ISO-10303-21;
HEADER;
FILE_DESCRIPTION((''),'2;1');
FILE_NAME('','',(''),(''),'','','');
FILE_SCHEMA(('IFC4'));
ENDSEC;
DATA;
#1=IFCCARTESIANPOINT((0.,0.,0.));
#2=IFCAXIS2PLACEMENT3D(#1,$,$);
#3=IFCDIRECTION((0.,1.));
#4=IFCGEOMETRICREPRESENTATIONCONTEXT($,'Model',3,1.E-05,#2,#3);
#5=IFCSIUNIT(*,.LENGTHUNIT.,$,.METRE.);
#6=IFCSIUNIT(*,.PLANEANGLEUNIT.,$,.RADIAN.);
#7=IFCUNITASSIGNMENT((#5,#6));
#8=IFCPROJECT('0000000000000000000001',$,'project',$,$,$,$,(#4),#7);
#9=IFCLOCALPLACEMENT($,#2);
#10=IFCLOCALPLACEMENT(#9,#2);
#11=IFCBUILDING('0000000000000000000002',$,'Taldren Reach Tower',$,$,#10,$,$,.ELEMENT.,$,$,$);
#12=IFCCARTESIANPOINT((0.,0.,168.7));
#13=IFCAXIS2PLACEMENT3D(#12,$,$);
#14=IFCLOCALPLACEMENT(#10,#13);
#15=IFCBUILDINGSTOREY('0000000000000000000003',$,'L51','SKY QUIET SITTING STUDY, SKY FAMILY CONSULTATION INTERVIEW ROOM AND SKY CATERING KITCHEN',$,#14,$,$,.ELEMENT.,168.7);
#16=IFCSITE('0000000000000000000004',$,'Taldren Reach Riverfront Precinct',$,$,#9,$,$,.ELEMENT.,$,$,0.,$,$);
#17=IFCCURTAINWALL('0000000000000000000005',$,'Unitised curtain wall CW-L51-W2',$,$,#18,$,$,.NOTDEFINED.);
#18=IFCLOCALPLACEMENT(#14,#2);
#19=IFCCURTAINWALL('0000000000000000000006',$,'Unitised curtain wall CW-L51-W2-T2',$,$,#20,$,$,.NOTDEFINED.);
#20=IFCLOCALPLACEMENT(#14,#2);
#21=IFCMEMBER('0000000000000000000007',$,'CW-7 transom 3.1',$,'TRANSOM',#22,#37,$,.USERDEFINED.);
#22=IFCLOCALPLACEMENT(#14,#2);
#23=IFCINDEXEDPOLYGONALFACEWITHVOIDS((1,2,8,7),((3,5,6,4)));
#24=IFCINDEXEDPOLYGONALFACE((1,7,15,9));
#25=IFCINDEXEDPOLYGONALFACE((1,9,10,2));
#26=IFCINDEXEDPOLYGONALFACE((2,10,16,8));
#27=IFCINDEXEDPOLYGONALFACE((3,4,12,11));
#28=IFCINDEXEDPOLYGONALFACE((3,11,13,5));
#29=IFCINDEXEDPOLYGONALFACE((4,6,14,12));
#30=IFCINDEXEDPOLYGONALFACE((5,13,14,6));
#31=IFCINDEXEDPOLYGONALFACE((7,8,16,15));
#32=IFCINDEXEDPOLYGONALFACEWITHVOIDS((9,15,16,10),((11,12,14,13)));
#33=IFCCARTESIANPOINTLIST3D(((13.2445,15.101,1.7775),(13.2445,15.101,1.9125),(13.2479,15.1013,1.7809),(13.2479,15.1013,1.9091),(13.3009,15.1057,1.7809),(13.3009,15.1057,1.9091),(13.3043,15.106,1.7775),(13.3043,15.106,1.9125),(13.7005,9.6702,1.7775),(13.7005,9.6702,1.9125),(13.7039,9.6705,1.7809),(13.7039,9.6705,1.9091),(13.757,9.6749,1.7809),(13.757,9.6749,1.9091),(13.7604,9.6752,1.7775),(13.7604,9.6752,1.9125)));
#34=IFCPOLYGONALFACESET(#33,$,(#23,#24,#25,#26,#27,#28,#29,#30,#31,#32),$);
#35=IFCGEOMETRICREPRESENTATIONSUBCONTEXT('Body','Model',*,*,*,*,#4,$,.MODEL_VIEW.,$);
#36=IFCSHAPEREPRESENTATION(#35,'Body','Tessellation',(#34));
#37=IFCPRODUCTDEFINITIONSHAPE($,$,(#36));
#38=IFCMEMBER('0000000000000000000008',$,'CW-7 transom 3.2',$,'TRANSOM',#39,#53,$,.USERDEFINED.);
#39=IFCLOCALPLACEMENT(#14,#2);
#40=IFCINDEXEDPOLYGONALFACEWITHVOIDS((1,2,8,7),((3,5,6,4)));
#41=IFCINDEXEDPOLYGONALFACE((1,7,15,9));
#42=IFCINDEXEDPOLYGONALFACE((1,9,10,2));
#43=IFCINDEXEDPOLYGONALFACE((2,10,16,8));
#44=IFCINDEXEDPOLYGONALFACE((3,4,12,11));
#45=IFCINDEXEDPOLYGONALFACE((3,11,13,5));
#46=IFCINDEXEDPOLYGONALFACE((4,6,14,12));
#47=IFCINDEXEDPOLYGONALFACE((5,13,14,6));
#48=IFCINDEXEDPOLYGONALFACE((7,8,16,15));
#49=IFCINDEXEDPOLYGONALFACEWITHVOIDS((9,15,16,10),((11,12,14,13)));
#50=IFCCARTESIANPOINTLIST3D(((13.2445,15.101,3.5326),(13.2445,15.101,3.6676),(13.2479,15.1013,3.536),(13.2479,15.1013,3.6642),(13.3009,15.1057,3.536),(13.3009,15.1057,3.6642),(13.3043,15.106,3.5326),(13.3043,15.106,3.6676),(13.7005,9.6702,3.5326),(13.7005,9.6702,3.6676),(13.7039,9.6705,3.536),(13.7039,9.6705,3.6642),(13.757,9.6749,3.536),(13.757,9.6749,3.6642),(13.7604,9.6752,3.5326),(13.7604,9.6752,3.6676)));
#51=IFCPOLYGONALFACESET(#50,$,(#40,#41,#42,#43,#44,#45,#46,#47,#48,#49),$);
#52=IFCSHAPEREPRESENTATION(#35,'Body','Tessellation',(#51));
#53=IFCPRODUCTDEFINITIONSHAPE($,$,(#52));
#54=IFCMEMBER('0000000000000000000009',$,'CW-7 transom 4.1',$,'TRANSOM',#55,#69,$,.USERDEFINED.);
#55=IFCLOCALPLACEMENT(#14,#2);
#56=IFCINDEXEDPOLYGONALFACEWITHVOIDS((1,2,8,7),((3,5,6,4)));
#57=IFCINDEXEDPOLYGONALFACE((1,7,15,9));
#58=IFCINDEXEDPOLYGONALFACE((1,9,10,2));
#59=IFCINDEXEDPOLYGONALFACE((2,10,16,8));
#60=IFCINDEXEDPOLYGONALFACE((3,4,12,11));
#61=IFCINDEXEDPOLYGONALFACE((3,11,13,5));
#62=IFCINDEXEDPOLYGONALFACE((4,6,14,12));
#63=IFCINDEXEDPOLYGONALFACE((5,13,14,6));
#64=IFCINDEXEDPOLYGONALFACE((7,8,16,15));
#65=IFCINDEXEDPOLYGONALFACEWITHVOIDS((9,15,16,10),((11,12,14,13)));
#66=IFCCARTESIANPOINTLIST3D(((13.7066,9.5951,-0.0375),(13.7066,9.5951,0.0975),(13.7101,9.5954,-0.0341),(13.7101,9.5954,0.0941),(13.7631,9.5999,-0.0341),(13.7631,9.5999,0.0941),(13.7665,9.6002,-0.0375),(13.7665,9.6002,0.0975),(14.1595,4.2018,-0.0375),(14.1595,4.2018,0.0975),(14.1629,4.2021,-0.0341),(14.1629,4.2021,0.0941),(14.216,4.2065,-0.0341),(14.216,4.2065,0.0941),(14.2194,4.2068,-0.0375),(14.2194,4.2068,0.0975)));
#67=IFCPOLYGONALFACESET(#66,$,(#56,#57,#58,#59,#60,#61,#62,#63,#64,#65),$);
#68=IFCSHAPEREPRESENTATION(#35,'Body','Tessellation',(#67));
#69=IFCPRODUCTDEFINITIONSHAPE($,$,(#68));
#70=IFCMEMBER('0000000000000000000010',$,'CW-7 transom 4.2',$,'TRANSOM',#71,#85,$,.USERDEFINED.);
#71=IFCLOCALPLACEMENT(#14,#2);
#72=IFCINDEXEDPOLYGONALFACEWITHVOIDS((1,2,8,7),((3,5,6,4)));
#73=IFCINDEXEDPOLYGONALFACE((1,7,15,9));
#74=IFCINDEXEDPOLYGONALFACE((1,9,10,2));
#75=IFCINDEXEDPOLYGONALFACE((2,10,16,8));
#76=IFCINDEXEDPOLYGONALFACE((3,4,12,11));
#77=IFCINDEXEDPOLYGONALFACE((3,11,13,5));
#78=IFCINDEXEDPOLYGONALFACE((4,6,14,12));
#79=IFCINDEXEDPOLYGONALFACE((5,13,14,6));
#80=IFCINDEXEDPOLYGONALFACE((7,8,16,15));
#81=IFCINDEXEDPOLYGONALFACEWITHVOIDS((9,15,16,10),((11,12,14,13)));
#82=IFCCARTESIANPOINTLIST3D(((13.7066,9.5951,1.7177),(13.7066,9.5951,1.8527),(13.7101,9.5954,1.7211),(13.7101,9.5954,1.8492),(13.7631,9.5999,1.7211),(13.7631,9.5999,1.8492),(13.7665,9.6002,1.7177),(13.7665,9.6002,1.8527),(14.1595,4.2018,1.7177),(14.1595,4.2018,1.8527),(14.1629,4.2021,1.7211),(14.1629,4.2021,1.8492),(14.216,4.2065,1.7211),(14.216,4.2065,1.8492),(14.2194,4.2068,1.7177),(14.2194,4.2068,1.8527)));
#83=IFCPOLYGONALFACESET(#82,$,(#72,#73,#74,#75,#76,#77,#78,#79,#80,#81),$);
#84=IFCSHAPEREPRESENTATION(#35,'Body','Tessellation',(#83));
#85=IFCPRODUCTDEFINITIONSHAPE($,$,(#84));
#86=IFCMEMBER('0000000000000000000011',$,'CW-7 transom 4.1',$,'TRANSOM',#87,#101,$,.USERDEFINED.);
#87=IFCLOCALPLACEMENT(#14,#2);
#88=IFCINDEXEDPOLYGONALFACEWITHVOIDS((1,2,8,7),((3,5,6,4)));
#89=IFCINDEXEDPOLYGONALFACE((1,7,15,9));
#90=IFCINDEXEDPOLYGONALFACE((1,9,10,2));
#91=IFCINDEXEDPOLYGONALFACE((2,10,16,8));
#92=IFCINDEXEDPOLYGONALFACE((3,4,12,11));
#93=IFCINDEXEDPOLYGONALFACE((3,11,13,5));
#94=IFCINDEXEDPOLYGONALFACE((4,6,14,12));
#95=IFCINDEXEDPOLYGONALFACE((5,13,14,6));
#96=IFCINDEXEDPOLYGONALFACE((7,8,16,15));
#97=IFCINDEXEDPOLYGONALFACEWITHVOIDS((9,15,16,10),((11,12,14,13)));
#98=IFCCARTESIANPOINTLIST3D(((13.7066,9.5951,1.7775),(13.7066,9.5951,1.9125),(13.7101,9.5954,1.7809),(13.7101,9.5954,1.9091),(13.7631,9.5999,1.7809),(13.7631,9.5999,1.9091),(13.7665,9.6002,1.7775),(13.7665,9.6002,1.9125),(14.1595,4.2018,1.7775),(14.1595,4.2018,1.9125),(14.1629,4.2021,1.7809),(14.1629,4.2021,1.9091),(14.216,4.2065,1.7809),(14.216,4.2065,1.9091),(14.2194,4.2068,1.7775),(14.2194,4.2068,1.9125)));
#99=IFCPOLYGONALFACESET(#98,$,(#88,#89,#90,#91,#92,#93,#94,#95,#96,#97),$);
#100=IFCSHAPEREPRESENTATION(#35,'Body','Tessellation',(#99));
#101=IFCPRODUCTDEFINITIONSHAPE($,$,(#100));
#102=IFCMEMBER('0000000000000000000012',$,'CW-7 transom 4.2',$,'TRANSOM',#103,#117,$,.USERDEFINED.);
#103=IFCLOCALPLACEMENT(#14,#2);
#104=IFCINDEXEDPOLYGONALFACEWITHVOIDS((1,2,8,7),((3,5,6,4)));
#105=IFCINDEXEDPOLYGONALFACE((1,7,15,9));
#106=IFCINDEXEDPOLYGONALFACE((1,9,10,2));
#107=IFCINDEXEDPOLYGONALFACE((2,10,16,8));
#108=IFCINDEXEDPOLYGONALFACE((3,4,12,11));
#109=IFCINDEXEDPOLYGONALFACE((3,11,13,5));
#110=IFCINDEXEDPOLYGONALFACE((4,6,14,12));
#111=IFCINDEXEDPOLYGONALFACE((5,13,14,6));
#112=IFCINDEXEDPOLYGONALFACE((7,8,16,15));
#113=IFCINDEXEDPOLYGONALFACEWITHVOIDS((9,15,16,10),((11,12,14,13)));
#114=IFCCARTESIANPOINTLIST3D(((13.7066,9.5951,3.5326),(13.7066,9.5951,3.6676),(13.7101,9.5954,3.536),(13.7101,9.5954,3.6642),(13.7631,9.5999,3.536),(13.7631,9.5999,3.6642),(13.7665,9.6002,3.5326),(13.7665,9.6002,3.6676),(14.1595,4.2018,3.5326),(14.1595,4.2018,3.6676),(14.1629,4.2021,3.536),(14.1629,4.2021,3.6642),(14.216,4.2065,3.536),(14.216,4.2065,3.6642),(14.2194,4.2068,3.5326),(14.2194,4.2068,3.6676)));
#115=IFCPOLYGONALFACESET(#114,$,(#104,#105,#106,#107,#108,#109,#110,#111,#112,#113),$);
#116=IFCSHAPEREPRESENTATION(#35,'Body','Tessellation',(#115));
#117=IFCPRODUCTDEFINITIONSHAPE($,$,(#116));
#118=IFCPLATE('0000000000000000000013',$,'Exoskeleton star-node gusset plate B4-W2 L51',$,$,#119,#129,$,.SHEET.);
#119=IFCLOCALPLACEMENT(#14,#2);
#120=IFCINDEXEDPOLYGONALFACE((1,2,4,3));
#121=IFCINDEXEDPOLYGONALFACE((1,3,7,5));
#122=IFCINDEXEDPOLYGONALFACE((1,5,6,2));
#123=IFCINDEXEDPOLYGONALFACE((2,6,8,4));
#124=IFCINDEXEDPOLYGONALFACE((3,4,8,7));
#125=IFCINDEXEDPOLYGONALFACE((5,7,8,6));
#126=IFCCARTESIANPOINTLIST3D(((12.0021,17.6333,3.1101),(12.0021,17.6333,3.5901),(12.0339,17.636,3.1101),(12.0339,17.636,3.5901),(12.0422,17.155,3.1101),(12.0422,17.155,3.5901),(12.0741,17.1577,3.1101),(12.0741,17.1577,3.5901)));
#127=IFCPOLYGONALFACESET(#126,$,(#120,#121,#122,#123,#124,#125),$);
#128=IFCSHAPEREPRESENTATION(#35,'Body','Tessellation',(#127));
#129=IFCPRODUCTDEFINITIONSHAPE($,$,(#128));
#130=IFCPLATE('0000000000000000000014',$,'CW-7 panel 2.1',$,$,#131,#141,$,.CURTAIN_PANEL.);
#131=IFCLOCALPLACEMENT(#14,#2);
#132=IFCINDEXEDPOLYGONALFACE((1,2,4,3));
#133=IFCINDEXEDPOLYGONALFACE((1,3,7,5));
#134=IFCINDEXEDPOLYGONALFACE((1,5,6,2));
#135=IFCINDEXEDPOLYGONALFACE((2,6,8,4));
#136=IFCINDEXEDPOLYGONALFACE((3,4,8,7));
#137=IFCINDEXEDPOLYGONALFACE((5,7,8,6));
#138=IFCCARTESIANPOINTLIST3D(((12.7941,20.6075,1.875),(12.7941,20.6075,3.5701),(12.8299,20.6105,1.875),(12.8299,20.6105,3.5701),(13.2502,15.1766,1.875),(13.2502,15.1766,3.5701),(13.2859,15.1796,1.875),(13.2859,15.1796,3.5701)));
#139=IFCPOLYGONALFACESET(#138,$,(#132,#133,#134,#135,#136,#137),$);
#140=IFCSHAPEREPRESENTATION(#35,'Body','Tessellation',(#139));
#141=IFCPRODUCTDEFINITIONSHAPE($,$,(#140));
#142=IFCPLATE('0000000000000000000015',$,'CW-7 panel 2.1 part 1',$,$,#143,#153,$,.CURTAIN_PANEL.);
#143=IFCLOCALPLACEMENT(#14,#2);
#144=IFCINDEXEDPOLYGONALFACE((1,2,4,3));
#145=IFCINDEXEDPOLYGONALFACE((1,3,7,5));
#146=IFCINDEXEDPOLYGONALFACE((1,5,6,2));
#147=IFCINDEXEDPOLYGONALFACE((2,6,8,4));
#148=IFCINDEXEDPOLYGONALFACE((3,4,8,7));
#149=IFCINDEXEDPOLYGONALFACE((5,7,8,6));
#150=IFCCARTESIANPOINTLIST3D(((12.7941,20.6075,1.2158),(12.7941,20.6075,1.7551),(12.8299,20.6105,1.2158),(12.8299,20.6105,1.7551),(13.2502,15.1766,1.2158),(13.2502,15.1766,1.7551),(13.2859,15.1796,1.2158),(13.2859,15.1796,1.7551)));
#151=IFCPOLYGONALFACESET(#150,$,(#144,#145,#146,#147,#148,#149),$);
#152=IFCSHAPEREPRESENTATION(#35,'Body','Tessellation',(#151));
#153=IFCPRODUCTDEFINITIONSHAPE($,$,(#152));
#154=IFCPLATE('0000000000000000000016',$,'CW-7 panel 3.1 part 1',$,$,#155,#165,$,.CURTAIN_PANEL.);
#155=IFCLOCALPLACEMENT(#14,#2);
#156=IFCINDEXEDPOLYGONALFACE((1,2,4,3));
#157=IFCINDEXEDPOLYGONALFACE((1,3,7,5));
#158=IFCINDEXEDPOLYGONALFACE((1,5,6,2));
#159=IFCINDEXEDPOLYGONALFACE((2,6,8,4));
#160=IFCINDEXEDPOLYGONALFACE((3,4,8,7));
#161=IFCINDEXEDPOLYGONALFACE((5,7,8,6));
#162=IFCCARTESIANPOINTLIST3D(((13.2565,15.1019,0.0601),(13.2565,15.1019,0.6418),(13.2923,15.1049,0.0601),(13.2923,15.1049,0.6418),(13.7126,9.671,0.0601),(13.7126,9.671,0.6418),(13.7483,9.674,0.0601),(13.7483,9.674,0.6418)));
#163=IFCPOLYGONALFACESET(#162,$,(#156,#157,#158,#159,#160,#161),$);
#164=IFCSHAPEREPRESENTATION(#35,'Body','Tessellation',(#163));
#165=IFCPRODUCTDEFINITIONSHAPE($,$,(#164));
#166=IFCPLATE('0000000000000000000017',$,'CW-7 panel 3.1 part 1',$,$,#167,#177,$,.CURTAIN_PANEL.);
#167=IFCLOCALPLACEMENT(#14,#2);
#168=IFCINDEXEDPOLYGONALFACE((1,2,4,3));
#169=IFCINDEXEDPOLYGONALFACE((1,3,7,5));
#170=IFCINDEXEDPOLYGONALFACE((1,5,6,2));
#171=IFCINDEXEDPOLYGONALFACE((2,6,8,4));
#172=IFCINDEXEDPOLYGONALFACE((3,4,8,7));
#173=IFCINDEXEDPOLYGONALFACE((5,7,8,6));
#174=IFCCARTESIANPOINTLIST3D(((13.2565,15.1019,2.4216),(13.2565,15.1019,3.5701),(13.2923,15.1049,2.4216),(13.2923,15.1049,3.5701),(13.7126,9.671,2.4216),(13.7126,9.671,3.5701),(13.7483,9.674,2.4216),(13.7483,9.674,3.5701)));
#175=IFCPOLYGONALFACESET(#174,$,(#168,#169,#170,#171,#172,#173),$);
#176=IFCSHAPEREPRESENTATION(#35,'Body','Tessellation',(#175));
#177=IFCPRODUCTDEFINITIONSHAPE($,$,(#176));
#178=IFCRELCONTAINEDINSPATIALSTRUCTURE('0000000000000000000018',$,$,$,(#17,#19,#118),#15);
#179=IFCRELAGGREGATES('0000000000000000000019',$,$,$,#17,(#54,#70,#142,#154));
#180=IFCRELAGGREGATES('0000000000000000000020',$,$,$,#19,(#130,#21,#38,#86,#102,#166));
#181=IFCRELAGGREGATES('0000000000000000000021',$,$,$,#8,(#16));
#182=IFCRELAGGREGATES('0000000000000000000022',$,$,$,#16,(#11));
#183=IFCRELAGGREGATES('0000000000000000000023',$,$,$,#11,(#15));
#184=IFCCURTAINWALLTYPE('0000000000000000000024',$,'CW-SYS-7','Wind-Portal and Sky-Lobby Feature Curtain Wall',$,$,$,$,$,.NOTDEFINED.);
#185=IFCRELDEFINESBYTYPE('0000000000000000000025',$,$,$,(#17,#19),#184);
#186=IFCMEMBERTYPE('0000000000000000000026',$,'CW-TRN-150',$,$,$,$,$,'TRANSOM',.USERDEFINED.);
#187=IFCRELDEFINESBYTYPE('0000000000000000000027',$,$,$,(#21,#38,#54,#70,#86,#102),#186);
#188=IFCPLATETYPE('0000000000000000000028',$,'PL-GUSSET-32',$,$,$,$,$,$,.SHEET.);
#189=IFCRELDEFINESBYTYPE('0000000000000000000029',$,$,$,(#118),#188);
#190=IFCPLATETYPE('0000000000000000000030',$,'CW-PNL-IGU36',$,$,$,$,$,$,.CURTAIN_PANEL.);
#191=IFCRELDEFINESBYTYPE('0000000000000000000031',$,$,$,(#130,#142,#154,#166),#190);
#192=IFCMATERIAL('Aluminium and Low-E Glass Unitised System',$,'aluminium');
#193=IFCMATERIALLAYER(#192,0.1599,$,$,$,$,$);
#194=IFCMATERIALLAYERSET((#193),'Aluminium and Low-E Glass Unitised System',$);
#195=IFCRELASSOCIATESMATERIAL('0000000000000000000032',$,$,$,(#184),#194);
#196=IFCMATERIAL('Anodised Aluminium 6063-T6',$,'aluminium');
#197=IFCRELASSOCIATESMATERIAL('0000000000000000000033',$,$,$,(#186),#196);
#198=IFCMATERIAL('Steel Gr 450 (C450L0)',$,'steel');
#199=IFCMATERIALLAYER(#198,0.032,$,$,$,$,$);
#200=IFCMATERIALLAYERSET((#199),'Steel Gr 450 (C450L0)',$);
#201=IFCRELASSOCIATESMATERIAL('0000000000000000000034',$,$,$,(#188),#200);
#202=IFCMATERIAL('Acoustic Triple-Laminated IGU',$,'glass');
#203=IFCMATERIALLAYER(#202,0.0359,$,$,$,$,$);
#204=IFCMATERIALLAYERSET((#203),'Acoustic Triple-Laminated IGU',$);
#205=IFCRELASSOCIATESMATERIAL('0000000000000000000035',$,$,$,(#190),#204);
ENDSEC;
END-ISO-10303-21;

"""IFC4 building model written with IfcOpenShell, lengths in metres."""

from ifc_helpers import new_model, si_unit, direction, frame, origin, origin_2d, place, context, subcontext, project, spatial, rectangle, hollow_rectangle, extrude, source, transform, mapped, material, layer, layer_set, material_profile, profile_set, type_object, element, aggregate, save


model = new_model("IFC4")

# Units and contexts
model_context = context("Model", 3, precision=1e-05, world=origin(), true_north=direction((0.0, 1.0)))
body_context = subcontext(model_context, "Body", "Model", "MODEL_VIEW")
ifc_project = project(units=[si_unit("LENGTHUNIT", "METRE"), si_unit("PLANEANGLEUNIT", "RADIAN")], contexts=[model_context])

# Site, building, storey
site_placement = place(None, origin())
site = spatial("IfcSite", under=ifc_project, at=site_placement, Name="Taldren Reach Riverfront Precinct", CompositionType="ELEMENT", RefElevation=0.0)
building_placement = place(site_placement, origin())
building = spatial("IfcBuilding", under=site, at=building_placement, Name="Taldren Reach Tower", CompositionType="ELEMENT")
storey_placement = place(building_placement, frame((0.0, 0.0, 168.7)))
storey = spatial("IfcBuildingStorey", under=building, at=storey_placement, Name="L51", Description="SKY QUIET SITTING STUDY, SKY FAMILY CONSULTATION INTERVIEW ROOM AND SKY CATERING KITCHEN", CompositionType="ELEMENT", Elevation=168.7)

# Shared definitions
ifc_material_1 = material(Name="Steel Gr 450 (C450L0)", Category="steel")

# Curtain walls
ifc_material_2 = material(Name="Aluminium and Low-E Glass Unitised System", Category="aluminium")
ifc_layer_1 = layer(ifc_material_2, 0.1599)
ifc_layer_set_1 = layer_set([ifc_layer_1], Name="Aluminium and Low-E Glass Unitised System")
curtain_wall_type = type_object("IfcCurtainWallType", Name="CW-SYS-7", Description="Wind-Portal and Sky-Lobby Feature Curtain Wall", PredefinedType="NOTDEFINED", material=ifc_layer_set_1)
curtain_wall_1_placement = place(storey_placement, origin())
curtain_wall_1 = element("IfcCurtainWall", 1, at=curtain_wall_1_placement, inside=storey, type_object=curtain_wall_type, Name="Unitised curtain wall CW-L51-W2", PredefinedType="NOTDEFINED")
ifc_material_3 = material(Name="Anodised Aluminium 6063-T6", Category="aluminium")
curtain_wall_2_placement = place(storey_placement, origin())
curtain_wall_2 = element("IfcCurtainWall", 2, at=curtain_wall_2_placement, inside=storey, type_object=curtain_wall_type, Name="Unitised curtain wall CW-L51-W2-T2", PredefinedType="NOTDEFINED")

# Members
ifc_material_profile_1 = material_profile(ifc_material_3, hollow_rectangle(XDim=0.0601, YDim=0.135, WallThickness=0.0034, at=origin_2d()), Name="ALU-135x60x3.5RHS")
ifc_profile_set_1 = profile_set([ifc_material_profile_1], Name="Anodised Aluminium 6063-T6")
member_type_1 = type_object("IfcMemberType", Name="CW-TRN-150", ElementType="TRANSOM", PredefinedType="USERDEFINED", material=ifc_profile_set_1)
shared_shape_1 = source(origin(), body_context, "Body", "SweptSolid", [
    extrude(hollow_rectangle(XDim=0.0601, YDim=0.135, WallThickness=0.0034, at=origin_2d()), origin(), (0.0, 0.0, 1.0), 5.45),
])
member_1_placement = place(storey_placement, frame((13.2744, 15.1035, 1.845), z_axis=(0.083679, -0.996493, 0.0), x_axis=(0.996493, 0.083679, 0.0)))
member_1 = element("IfcMember", 3, at=member_1_placement, type_object=member_type_1, Name="CW-7 transom 3.1", ObjectType="TRANSOM", PredefinedType="USERDEFINED", context=body_context, shape_type="MappedRepresentation", body=[
    mapped(shared_shape_1, transform((0.0, 0.0, 0.0), scale=1.0)),
])
member_2_placement = place(storey_placement, frame((13.2744, 15.1035, 3.6001), z_axis=(0.083679, -0.996493, 0.0), x_axis=(0.996493, 0.083679, 0.0)))
member_2 = element("IfcMember", 4, at=member_2_placement, type_object=member_type_1, Name="CW-7 transom 3.2", ObjectType="TRANSOM", PredefinedType="USERDEFINED", context=body_context, shape_type="MappedRepresentation", body=[
    mapped(shared_shape_1, transform((0.0, 0.0, 0.0), scale=1.0)),
])
shared_shape_2 = source(origin(), body_context, "Body", "SweptSolid", [
    extrude(hollow_rectangle(XDim=0.0601, YDim=0.135, WallThickness=0.0034, at=origin_2d()), origin(), (0.0, 0.0, 1.0), 5.4124),
])
member_3_placement = place(storey_placement, frame((13.7366, 9.5977, 0.03), z_axis=(0.083676, -0.996493, 0.0), x_axis=(0.996493, 0.083676, 0.0)))
member_3 = element("IfcMember", 5, at=member_3_placement, type_object=member_type_1, Name="CW-7 transom 4.1", ObjectType="TRANSOM", PredefinedType="USERDEFINED", context=body_context, shape_type="MappedRepresentation", body=[
    mapped(shared_shape_2, transform((0.0, 0.0, 0.0), scale=1.0)),
])
member_4_placement = place(storey_placement, frame((13.7366, 9.5977, 1.7852), z_axis=(0.083676, -0.996493, 0.0), x_axis=(0.996493, 0.083676, 0.0)))
member_4 = element("IfcMember", 6, at=member_4_placement, type_object=member_type_1, Name="CW-7 transom 4.2", ObjectType="TRANSOM", PredefinedType="USERDEFINED", context=body_context, shape_type="MappedRepresentation", body=[
    mapped(shared_shape_2, transform((0.0, 0.0, 0.0), scale=1.0)),
])
member_5_placement = place(storey_placement, frame((13.7366, 9.5977, 1.845), z_axis=(0.083676, -0.996493, 0.0), x_axis=(0.996493, 0.083676, 0.0)))
member_5 = element("IfcMember", 7, at=member_5_placement, type_object=member_type_1, Name="CW-7 transom 4.1", ObjectType="TRANSOM", PredefinedType="USERDEFINED", context=body_context, shape_type="MappedRepresentation", body=[
    mapped(shared_shape_2, transform((0.0, 0.0, 0.0), scale=1.0)),
])
member_6_placement = place(storey_placement, frame((13.7366, 9.5977, 3.6001), z_axis=(0.083676, -0.996493, 0.0), x_axis=(0.996493, 0.083676, 0.0)))
member_6 = element("IfcMember", 8, at=member_6_placement, type_object=member_type_1, Name="CW-7 transom 4.2", ObjectType="TRANSOM", PredefinedType="USERDEFINED", context=body_context, shape_type="MappedRepresentation", body=[
    mapped(shared_shape_2, transform((0.0, 0.0, 0.0), scale=1.0)),
])

# Plates
ifc_layer_2 = layer(ifc_material_1, 0.032)
ifc_layer_set_2 = layer_set([ifc_layer_2], Name="Steel Gr 450 (C450L0)")
plate_type_1 = type_object("IfcPlateType", Name="PL-GUSSET-32", PredefinedType="SHEET", material=ifc_layer_set_2)
shared_shape_3 = source(origin(), body_context, "Body", "SweptSolid", [
    extrude(rectangle(XDim=0.48, YDim=0.032, at=origin_2d()), origin(), (0.0, 0.0, 1.0), 0.48),
])
plate_1_placement = place(storey_placement, frame((12.0381, 17.3955, 3.1101), z_axis=(0.0, 0.0, 1.0), x_axis=(-0.083678, 0.996493, 0.0)))
element("IfcPlate", 9, at=plate_1_placement, inside=storey, type_object=plate_type_1, Name="Exoskeleton star-node gusset plate B4-W2 L51", PredefinedType="SHEET", context=body_context, shape_type="MappedRepresentation", body=[
    mapped(shared_shape_3, transform((0.0, 0.0, 0.0), scale=1.0)),
])
ifc_material_4 = material(Name="Acoustic Triple-Laminated IGU", Category="glass")
ifc_layer_3 = layer(ifc_material_4, 0.0359)
ifc_layer_set_3 = layer_set([ifc_layer_3], Name="Acoustic Triple-Laminated IGU")
plate_type_2 = type_object("IfcPlateType", Name="CW-PNL-IGU36", PredefinedType="CURTAIN_PANEL", material=ifc_layer_set_3)
shared_shape_4 = source(origin(), body_context, "Body", "SweptSolid", [
    extrude(rectangle(XDim=5.45, YDim=0.0359, at=origin_2d()), origin(), (0.0, 0.0, 1.0), 1.6951),
])
plate_2_placement = place(storey_placement, frame((13.04, 17.8936, 1.875), z_axis=(0.0, 0.0, 1.0), x_axis=(0.083678, -0.996493, 0.0)))
plate_2 = element("IfcPlate", 10, at=plate_2_placement, type_object=plate_type_2, Name="CW-7 panel 2.1", PredefinedType="CURTAIN_PANEL", context=body_context, shape_type="MappedRepresentation", body=[
    mapped(shared_shape_4, transform((0.0, 0.0, 0.0), scale=1.0)),
])
shared_shape_5 = source(origin(), body_context, "Body", "SweptSolid", [
    extrude(rectangle(XDim=5.45, YDim=0.0359, at=origin_2d()), origin(), (0.0, 0.0, 1.0), 0.5393),
])
plate_3_placement = place(storey_placement, frame((13.04, 17.8936, 1.2158), z_axis=(0.0, 0.0, 1.0), x_axis=(0.083678, -0.996493, 0.0)))
plate_3 = element("IfcPlate", 11, at=plate_3_placement, type_object=plate_type_2, Name="CW-7 panel 2.1 part 1", PredefinedType="CURTAIN_PANEL", context=body_context, shape_type="MappedRepresentation", body=[
    mapped(shared_shape_5, transform((0.0, 0.0, 0.0), scale=1.0)),
])
shared_shape_6 = source(origin(), body_context, "Body", "SweptSolid", [
    extrude(rectangle(XDim=5.45, YDim=0.0359, at=origin_2d()), origin(), (0.0, 0.0, 1.0), 0.5818),
])
plate_4_placement = place(storey_placement, frame((13.5024, 12.3879, 0.0601), z_axis=(0.0, 0.0, 1.0), x_axis=(0.083678, -0.996493, 0.0)))
plate_4 = element("IfcPlate", 12, at=plate_4_placement, type_object=plate_type_2, Name="CW-7 panel 3.1 part 1", PredefinedType="CURTAIN_PANEL", context=body_context, shape_type="MappedRepresentation", body=[
    mapped(shared_shape_6, transform((0.0, 0.0, 0.0), scale=1.0)),
])
aggregate(curtain_wall_1, [member_3, member_4, plate_3, plate_4])
shared_shape_7 = source(origin(), body_context, "Body", "SweptSolid", [
    extrude(rectangle(XDim=5.45, YDim=0.0359, at=origin_2d()), origin(), (0.0, 0.0, 1.0), 1.1484),
])
plate_5_placement = place(storey_placement, frame((13.5024, 12.3879, 2.4216), z_axis=(0.0, 0.0, 1.0), x_axis=(0.083678, -0.996493, 0.0)))
plate_5 = element("IfcPlate", 13, at=plate_5_placement, type_object=plate_type_2, Name="CW-7 panel 3.1 part 1", PredefinedType="CURTAIN_PANEL", context=body_context, shape_type="MappedRepresentation", body=[
    mapped(shared_shape_7, transform((0.0, 0.0, 0.0), scale=1.0)),
])
aggregate(curtain_wall_2, [plate_2, member_1, member_2, member_5, member_6, plate_5])

save(model, "model.ifc")
